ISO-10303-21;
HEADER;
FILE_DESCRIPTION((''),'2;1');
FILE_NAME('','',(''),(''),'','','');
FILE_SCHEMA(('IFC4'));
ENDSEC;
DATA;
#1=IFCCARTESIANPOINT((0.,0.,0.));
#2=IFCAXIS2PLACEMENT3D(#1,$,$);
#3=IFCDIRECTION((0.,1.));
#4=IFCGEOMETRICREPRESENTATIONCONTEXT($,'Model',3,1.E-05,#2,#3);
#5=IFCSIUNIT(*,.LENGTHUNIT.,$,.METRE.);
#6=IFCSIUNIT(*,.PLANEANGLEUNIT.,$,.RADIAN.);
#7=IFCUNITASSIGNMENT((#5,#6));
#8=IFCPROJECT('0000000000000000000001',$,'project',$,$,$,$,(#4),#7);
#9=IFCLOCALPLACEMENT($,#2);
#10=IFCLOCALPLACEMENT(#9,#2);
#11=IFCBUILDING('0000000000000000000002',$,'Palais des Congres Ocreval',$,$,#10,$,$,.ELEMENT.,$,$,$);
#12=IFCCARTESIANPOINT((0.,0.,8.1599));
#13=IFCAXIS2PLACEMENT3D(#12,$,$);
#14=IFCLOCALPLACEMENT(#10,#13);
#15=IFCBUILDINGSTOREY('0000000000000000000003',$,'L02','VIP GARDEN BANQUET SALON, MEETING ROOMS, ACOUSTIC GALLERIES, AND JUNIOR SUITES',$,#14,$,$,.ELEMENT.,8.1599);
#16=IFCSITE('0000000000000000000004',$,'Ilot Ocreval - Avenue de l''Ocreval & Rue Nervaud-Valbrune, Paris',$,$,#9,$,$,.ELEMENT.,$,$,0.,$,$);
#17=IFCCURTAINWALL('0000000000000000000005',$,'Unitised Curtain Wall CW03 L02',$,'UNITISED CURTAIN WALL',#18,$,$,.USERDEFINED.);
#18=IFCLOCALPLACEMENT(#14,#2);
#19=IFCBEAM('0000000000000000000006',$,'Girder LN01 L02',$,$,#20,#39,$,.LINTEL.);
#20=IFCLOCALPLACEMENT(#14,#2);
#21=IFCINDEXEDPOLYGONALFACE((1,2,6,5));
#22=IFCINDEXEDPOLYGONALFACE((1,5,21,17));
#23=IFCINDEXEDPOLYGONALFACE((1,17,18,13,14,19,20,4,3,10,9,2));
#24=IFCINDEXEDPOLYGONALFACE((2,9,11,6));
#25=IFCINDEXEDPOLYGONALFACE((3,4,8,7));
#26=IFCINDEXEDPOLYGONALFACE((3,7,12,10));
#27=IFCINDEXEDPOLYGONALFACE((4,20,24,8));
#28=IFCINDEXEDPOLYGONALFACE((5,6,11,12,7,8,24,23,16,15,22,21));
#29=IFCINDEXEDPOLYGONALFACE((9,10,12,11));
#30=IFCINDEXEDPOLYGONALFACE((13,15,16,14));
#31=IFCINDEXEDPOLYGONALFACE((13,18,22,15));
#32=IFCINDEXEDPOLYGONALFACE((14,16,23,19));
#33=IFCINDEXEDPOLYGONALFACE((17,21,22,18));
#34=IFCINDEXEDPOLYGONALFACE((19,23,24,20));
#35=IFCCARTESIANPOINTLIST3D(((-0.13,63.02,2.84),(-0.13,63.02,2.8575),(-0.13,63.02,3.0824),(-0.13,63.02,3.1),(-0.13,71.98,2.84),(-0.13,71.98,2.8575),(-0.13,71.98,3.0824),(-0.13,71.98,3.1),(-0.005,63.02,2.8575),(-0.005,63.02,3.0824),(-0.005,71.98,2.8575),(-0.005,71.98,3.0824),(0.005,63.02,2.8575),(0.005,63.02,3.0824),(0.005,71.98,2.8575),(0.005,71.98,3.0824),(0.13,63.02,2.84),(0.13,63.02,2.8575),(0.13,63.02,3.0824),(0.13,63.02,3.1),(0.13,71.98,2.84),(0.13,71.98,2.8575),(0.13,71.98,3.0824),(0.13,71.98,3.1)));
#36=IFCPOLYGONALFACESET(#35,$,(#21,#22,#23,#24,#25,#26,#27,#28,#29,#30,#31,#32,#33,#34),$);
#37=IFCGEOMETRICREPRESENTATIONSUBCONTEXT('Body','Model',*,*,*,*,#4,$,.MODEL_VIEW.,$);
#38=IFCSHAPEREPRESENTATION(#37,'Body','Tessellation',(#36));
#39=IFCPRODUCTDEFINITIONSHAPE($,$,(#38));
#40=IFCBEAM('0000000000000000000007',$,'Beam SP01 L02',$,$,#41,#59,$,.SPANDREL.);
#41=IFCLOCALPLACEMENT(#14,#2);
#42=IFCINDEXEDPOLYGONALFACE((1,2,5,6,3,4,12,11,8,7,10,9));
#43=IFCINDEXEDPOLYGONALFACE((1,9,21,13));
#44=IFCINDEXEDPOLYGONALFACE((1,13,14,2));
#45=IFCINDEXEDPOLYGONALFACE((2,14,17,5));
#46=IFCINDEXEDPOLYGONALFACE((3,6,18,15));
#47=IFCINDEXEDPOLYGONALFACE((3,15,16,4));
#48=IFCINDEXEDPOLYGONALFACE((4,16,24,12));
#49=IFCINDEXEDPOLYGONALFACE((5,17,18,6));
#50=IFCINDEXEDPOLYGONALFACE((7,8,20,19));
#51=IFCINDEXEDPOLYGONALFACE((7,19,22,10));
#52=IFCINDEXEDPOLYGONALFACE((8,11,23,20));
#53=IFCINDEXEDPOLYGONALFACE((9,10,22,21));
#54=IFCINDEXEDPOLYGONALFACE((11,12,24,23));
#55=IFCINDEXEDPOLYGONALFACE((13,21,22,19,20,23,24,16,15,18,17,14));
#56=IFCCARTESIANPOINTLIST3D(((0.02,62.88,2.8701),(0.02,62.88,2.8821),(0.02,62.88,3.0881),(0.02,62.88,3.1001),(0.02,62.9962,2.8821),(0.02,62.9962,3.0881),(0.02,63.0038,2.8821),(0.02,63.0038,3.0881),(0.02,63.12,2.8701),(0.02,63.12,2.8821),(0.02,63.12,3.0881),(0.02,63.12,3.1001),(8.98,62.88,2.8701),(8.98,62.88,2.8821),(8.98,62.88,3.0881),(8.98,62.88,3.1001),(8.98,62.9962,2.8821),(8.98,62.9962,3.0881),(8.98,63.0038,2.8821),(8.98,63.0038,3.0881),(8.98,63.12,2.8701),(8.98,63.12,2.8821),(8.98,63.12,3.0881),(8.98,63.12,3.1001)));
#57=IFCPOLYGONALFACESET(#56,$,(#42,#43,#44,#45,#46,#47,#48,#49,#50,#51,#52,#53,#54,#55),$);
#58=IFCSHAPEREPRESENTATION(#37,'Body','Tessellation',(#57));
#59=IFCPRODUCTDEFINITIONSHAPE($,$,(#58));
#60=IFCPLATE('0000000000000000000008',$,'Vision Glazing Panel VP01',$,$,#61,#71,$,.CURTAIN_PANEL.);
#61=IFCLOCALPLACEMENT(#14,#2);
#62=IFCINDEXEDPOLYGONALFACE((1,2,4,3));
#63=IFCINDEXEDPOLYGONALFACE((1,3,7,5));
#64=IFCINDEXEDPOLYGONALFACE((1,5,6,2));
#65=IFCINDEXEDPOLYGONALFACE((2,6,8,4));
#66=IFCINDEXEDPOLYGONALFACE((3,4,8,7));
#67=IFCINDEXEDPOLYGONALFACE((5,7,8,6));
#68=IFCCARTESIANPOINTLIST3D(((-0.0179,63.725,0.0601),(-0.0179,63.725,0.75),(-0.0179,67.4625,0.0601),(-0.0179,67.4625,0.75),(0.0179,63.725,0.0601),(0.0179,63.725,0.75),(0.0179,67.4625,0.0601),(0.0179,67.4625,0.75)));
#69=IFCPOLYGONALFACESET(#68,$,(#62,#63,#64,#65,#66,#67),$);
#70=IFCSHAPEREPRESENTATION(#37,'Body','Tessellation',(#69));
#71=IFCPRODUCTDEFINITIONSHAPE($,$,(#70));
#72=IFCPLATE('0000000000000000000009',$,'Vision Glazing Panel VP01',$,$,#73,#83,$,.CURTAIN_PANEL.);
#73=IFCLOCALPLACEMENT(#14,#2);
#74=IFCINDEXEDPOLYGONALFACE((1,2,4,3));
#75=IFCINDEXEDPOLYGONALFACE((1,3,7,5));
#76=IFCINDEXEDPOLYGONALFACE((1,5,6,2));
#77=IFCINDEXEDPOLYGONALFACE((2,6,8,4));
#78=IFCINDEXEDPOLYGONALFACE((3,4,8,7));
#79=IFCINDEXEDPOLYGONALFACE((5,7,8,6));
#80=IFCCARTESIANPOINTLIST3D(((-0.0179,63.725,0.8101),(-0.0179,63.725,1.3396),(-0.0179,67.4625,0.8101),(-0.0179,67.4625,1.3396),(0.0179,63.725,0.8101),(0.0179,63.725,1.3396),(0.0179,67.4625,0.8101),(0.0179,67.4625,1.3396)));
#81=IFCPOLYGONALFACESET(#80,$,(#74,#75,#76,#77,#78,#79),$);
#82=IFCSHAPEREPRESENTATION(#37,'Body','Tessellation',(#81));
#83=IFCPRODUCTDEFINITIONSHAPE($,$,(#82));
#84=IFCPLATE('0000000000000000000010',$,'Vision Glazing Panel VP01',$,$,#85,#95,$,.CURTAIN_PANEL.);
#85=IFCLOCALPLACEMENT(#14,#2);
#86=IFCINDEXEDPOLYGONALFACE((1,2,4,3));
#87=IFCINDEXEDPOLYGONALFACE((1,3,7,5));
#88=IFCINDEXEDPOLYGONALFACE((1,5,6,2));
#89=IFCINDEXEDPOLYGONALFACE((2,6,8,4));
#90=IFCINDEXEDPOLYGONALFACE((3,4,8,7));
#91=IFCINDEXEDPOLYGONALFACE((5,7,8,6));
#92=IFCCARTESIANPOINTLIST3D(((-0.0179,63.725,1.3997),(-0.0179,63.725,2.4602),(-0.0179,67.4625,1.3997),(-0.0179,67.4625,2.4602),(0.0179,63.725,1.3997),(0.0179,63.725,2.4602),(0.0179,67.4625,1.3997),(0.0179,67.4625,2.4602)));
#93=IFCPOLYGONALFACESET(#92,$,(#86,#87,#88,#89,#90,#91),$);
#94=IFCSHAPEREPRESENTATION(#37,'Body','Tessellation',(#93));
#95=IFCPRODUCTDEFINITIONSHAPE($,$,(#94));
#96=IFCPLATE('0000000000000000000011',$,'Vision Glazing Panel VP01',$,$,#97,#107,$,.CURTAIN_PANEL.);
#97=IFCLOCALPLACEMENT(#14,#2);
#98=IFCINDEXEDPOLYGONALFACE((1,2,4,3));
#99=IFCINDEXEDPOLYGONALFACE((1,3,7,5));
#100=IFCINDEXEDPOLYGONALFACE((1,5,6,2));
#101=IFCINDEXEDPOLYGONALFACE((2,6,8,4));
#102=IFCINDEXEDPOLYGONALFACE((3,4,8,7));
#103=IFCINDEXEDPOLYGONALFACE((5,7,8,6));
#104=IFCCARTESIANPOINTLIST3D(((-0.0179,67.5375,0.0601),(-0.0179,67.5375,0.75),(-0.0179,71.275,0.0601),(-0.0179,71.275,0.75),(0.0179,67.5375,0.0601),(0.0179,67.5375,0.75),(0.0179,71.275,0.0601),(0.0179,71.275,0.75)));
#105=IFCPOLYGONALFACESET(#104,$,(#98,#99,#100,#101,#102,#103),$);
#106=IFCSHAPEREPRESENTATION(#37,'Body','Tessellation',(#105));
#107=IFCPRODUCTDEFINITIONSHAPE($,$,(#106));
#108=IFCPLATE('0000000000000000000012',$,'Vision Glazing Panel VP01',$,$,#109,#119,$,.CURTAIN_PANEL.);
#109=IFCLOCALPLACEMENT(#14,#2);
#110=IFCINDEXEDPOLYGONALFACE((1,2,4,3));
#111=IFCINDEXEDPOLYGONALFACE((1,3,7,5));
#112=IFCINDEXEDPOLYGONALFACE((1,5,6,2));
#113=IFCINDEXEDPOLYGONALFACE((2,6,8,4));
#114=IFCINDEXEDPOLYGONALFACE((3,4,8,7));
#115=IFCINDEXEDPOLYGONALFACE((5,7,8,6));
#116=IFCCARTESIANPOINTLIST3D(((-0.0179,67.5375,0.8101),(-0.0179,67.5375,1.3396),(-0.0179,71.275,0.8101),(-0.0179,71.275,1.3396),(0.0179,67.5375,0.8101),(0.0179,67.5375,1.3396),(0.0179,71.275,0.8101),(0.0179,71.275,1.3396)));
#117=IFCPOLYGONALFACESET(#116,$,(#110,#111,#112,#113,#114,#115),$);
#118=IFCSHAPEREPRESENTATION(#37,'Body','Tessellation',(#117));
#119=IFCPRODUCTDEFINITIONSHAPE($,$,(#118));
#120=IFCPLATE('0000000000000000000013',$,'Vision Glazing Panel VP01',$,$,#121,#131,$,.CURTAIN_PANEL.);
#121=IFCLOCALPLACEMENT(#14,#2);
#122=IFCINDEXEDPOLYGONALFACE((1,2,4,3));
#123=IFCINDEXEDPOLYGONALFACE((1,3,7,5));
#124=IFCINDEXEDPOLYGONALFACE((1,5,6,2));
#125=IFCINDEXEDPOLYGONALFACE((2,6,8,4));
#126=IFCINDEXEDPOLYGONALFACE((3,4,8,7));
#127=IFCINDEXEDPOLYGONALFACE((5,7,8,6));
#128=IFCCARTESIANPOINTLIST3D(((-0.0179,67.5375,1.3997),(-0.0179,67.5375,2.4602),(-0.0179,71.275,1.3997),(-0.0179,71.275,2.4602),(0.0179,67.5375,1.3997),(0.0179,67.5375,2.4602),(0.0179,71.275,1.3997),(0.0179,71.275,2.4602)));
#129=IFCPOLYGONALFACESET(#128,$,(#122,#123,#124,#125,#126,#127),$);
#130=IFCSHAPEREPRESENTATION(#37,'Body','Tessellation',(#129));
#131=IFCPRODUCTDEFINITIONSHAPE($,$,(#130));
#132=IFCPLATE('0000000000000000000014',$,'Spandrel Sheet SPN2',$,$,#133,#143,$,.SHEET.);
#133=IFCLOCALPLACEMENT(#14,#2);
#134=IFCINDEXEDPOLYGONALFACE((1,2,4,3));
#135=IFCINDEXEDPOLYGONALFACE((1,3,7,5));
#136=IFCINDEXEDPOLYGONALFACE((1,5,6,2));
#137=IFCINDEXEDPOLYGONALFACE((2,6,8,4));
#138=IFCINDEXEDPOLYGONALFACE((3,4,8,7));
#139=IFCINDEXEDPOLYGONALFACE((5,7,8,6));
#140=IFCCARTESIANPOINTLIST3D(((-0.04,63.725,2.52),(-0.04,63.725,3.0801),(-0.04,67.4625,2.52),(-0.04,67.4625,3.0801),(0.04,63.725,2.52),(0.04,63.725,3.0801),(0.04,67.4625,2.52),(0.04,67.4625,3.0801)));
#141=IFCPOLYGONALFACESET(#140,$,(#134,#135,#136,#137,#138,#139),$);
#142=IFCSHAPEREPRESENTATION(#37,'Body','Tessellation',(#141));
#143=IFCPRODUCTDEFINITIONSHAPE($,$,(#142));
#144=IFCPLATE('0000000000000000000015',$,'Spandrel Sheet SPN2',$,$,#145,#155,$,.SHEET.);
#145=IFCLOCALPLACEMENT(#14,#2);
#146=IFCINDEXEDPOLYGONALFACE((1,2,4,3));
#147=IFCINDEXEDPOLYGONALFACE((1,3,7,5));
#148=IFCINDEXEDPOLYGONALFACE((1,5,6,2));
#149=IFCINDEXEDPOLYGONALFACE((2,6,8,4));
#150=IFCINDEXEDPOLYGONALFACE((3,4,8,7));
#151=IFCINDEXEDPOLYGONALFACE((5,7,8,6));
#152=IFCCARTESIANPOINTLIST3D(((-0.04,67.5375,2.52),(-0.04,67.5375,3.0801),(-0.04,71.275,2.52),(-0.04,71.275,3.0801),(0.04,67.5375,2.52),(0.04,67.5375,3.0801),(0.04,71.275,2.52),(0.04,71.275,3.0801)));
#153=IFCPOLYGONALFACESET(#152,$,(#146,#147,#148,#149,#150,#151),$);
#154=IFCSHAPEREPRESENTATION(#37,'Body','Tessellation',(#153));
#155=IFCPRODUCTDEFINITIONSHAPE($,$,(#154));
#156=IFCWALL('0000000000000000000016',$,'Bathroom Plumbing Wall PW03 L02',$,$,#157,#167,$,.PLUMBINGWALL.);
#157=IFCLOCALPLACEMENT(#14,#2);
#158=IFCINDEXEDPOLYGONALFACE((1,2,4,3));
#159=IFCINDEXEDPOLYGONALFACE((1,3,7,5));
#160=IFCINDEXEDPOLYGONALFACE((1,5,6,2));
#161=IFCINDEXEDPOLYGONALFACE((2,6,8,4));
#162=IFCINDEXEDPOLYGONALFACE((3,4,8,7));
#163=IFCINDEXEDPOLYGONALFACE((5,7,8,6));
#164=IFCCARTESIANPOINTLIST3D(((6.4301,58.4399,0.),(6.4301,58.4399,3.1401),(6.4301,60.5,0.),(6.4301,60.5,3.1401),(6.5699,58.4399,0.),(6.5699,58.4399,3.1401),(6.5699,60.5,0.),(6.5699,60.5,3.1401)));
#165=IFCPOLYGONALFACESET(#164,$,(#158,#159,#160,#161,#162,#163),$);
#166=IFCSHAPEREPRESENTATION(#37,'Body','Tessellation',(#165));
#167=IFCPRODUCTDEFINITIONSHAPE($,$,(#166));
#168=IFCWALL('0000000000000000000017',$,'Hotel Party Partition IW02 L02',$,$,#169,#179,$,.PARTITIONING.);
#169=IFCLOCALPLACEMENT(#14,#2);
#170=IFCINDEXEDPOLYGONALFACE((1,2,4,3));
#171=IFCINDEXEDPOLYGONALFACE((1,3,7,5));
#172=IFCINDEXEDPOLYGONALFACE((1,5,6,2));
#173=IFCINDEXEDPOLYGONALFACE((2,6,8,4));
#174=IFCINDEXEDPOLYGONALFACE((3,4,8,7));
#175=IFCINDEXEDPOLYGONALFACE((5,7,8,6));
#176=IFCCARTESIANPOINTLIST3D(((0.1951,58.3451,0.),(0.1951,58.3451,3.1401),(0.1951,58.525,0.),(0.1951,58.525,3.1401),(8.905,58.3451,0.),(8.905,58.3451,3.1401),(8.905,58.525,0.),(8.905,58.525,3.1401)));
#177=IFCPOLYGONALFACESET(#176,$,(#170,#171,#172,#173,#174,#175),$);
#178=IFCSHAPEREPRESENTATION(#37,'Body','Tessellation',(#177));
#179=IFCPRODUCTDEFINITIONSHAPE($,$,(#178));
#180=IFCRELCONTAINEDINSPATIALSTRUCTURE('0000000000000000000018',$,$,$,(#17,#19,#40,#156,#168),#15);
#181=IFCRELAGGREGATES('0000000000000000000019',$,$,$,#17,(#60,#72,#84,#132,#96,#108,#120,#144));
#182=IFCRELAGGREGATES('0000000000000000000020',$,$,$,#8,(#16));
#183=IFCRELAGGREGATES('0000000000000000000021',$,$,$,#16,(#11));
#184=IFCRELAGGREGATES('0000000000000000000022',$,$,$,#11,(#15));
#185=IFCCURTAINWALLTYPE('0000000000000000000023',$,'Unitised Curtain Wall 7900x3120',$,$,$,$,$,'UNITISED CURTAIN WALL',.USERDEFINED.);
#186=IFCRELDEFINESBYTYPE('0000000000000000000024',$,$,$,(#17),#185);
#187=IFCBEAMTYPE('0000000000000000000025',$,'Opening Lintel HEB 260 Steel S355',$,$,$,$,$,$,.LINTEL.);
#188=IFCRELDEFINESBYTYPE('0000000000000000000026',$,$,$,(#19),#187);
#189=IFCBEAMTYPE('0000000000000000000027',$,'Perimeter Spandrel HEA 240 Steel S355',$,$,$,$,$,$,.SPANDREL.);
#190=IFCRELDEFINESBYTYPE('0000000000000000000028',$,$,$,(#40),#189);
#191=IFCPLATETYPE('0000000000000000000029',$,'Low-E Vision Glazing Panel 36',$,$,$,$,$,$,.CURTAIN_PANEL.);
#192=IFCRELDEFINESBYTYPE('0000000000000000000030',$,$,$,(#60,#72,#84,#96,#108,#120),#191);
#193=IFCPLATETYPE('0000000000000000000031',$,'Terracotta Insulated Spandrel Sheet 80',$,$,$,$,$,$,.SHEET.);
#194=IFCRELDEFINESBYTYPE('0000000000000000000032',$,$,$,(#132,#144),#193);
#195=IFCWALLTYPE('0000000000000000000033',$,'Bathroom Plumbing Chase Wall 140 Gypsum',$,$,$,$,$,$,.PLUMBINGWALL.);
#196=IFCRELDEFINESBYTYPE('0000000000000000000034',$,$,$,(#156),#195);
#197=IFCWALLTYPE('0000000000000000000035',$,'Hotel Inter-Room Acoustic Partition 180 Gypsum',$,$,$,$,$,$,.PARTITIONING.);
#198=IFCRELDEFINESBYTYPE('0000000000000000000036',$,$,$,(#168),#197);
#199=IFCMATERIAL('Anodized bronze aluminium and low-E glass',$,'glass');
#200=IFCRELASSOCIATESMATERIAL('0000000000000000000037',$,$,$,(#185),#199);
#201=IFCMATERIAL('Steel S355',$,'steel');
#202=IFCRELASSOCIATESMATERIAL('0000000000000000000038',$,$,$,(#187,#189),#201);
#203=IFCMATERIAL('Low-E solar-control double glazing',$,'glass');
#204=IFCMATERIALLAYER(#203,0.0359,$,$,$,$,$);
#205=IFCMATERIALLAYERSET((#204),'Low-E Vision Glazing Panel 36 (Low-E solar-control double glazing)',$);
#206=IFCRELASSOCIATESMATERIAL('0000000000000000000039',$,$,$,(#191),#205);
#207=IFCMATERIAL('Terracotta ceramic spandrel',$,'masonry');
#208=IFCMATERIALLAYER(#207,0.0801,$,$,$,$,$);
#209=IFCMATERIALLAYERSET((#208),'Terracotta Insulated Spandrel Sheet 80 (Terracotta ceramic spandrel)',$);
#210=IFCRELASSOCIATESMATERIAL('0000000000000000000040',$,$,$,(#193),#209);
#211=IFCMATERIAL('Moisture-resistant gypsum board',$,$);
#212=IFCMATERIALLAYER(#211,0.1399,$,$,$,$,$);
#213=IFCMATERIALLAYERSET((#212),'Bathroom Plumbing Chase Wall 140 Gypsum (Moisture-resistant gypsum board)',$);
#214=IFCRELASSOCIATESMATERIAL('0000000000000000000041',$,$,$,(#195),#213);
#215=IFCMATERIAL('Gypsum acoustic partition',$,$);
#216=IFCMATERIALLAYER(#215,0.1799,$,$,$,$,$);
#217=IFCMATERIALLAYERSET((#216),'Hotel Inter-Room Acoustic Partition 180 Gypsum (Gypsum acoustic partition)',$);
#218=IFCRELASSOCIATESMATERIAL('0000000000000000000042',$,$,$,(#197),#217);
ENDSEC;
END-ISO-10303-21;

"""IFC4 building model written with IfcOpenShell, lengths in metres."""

from ifc_helpers import new_model, si_unit, direction, frame, frame_2d, origin, origin_2d, place, context, subcontext, project, spatial, rectangle, i_section, extrude, material, layer, layer_set, material_profile, profile_set, type_object, element, aggregate, save


model = new_model("IFC4")

# Units and contexts
model_context = context("Model", 3, precision=1e-05, world=origin(), true_north=direction((0.0, 1.0)))
body_context = subcontext(model_context, "Body", "Model", "MODEL_VIEW")
ifc_project = project(units=[si_unit("LENGTHUNIT", "METRE"), si_unit("PLANEANGLEUNIT", "RADIAN")], contexts=[model_context])

# Site, building, storey
site_placement = place(None, origin())
site = spatial("IfcSite", under=ifc_project, at=site_placement, Name="Ilot Ocreval - Avenue de l'Ocreval & Rue Nervaud-Valbrune, Paris", CompositionType="ELEMENT", RefElevation=0.0)
building_placement = place(site_placement, origin())
building = spatial("IfcBuilding", under=site, at=building_placement, Name="Palais des Congres Ocreval", CompositionType="ELEMENT")
storey_placement = place(building_placement, frame((0.0, 0.0, 8.1599)))
storey = spatial("IfcBuildingStorey", under=building, at=storey_placement, Name="L02", Description="VIP GARDEN BANQUET SALON, MEETING ROOMS, ACOUSTIC GALLERIES, AND JUNIOR SUITES", CompositionType="ELEMENT", Elevation=8.1599)

# Shared definitions
ifc_material_1 = material(Name="Steel S355", Category="steel")

# Curtain wall
ifc_material_2 = material(Name="Anodized bronze aluminium and low-E glass", Category="glass")
curtain_wall_type = type_object("IfcCurtainWallType", Name="Unitised Curtain Wall 7900x3120", ElementType="UNITISED CURTAIN WALL", PredefinedType="USERDEFINED", material=ifc_material_2)
curtain_wall_placement = place(storey_placement, origin())
curtain_wall = element("IfcCurtainWall", 1, at=curtain_wall_placement, inside=storey, type_object=curtain_wall_type, Name="Unitised Curtain Wall CW03 L02", ObjectType="UNITISED CURTAIN WALL", PredefinedType="USERDEFINED")

# Beams
ifc_material_profile_1 = material_profile(ifc_material_1, i_section(OverallWidth=0.26, OverallDepth=0.26, WebThickness=0.01, FlangeThickness=0.0176, at=origin_2d()), Name="HEB 260")
ifc_profile_set_1 = profile_set([ifc_material_profile_1], Name="Steel S355")
beam_type_1 = type_object("IfcBeamType", Name="Opening Lintel HEB 260 Steel S355", PredefinedType="LINTEL", material=ifc_profile_set_1)
beam_1_placement = place(storey_placement, frame((0.0, 63.02, 2.97), z_axis=(0.0, 1.0, 0.0), x_axis=(-1.0, 0.0, 0.0)))
element("IfcBeam", 2, at=beam_1_placement, inside=storey, type_object=beam_type_1, Name="Girder LN01 L02", PredefinedType="LINTEL", context=body_context, shape_type="SweptSolid", body=[
    extrude(i_section(OverallWidth=0.26, OverallDepth=0.26, WebThickness=0.01, FlangeThickness=0.0176, at=origin_2d()), origin(), (0.0, 0.0, 1.0), 8.96),
])
ifc_material_profile_2 = material_profile(ifc_material_1, i_section(OverallWidth=0.24, OverallDepth=0.23, WebThickness=0.0076, FlangeThickness=0.012, at=origin_2d()), Name="HEA 240")
ifc_profile_set_2 = profile_set([ifc_material_profile_2], Name="Steel S355")
beam_type_2 = type_object("IfcBeamType", Name="Perimeter Spandrel HEA 240 Steel S355", PredefinedType="SPANDREL", material=ifc_profile_set_2)
beam_2_placement = place(storey_placement, frame((0.02, 63.0, 2.9851), z_axis=(1.0, 0.0, 0.0), x_axis=(0.0, 1.0, 0.0)))
element("IfcBeam", 3, at=beam_2_placement, inside=storey, type_object=beam_type_2, Name="Beam SP01 L02", PredefinedType="SPANDREL", context=body_context, shape_type="SweptSolid", body=[
    extrude(i_section(OverallWidth=0.24, OverallDepth=0.23, WebThickness=0.0076, FlangeThickness=0.012, at=origin_2d()), origin(), (0.0, 0.0, 1.0), 8.96),
])

# Plates
ifc_material_3 = material(Name="Low-E solar-control double glazing", Category="glass")
ifc_layer_1 = layer(ifc_material_3, 0.0359)
ifc_layer_set_1 = layer_set([ifc_layer_1], Name="Low-E Vision Glazing Panel 36 (Low-E solar-control double glazing)")
plate_type_1 = type_object("IfcPlateType", Name="Low-E Vision Glazing Panel 36", PredefinedType="CURTAIN_PANEL", material=ifc_layer_set_1)
plate_1_placement = place(storey_placement, frame((0.0, 65.5938, 0.0601), z_axis=(0.0, 0.0, 1.0), x_axis=(0.0, 1.0, 0.0)))
plate_1 = element("IfcPlate", 4, at=plate_1_placement, type_object=plate_type_1, Name="Vision Glazing Panel VP01", PredefinedType="CURTAIN_PANEL", context=body_context, shape_type="SweptSolid", body=[
    extrude(rectangle(XDim=3.7375, YDim=0.0359, at=origin_2d()), origin(), (0.0, 0.0, 1.0), 0.6899),
])
plate_2_placement = place(storey_placement, frame((0.0, 65.5938, 0.8101), z_axis=(0.0, 0.0, 1.0), x_axis=(0.0, 1.0, 0.0)))
plate_2 = element("IfcPlate", 5, at=plate_2_placement, type_object=plate_type_1, Name="Vision Glazing Panel VP01", PredefinedType="CURTAIN_PANEL", context=body_context, shape_type="SweptSolid", body=[
    extrude(rectangle(XDim=3.7375, YDim=0.0359, at=origin_2d()), origin(), (0.0, 0.0, 1.0), 0.5295),
])
plate_3_placement = place(storey_placement, frame((0.0, 65.5938, 1.3997), z_axis=(0.0, 0.0, 1.0), x_axis=(0.0, 1.0, 0.0)))
plate_3 = element("IfcPlate", 6, at=plate_3_placement, type_object=plate_type_1, Name="Vision Glazing Panel VP01", PredefinedType="CURTAIN_PANEL", context=body_context, shape_type="SweptSolid", body=[
    extrude(rectangle(XDim=3.7375, YDim=0.0359, at=origin_2d()), origin(), (0.0, 0.0, 1.0), 1.0605),
])
plate_4_placement = place(storey_placement, frame((0.0, 69.4062, 0.0601), z_axis=(0.0, 0.0, 1.0), x_axis=(0.0, 1.0, 0.0)))
plate_4 = element("IfcPlate", 7, at=plate_4_placement, type_object=plate_type_1, Name="Vision Glazing Panel VP01", PredefinedType="CURTAIN_PANEL", context=body_context, shape_type="SweptSolid", body=[
    extrude(rectangle(XDim=3.7375, YDim=0.0359, at=origin_2d()), origin(), (0.0, 0.0, 1.0), 0.6899),
])
plate_5_placement = place(storey_placement, frame((0.0, 69.4062, 0.8101), z_axis=(0.0, 0.0, 1.0), x_axis=(0.0, 1.0, 0.0)))
plate_5 = element("IfcPlate", 8, at=plate_5_placement, type_object=plate_type_1, Name="Vision Glazing Panel VP01", PredefinedType="CURTAIN_PANEL", context=body_context, shape_type="SweptSolid", body=[
    extrude(rectangle(XDim=3.7375, YDim=0.0359, at=origin_2d()), origin(), (0.0, 0.0, 1.0), 0.5295),
])
plate_6_placement = place(storey_placement, frame((0.0, 69.4062, 1.3997), z_axis=(0.0, 0.0, 1.0), x_axis=(0.0, 1.0, 0.0)))
plate_6 = element("IfcPlate", 9, at=plate_6_placement, type_object=plate_type_1, Name="Vision Glazing Panel VP01", PredefinedType="CURTAIN_PANEL", context=body_context, shape_type="SweptSolid", body=[
    extrude(rectangle(XDim=3.7375, YDim=0.0359, at=origin_2d()), origin(), (0.0, 0.0, 1.0), 1.0605),
])
ifc_material_4 = material(Name="Terracotta ceramic spandrel", Category="masonry")
ifc_layer_2 = layer(ifc_material_4, 0.0801)
ifc_layer_set_2 = layer_set([ifc_layer_2], Name="Terracotta Insulated Spandrel Sheet 80 (Terracotta ceramic spandrel)")
plate_type_2 = type_object("IfcPlateType", Name="Terracotta Insulated Spandrel Sheet 80", PredefinedType="SHEET", material=ifc_layer_set_2)
plate_7_placement = place(storey_placement, frame((0.0, 65.5938, 2.52), z_axis=(0.0, 0.0, 1.0), x_axis=(0.0, 1.0, 0.0)))
plate_7 = element("IfcPlate", 10, at=plate_7_placement, type_object=plate_type_2, Name="Spandrel Sheet SPN2", PredefinedType="SHEET", context=body_context, shape_type="SweptSolid", body=[
    extrude(rectangle(XDim=3.7375, YDim=0.0801, at=origin_2d()), origin(), (0.0, 0.0, 1.0), 0.5601),
])
plate_8_placement = place(storey_placement, frame((0.0, 69.4062, 2.52), z_axis=(0.0, 0.0, 1.0), x_axis=(0.0, 1.0, 0.0)))
plate_8 = element("IfcPlate", 11, at=plate_8_placement, type_object=plate_type_2, Name="Spandrel Sheet SPN2", PredefinedType="SHEET", context=body_context, shape_type="SweptSolid", body=[
    extrude(rectangle(XDim=3.7375, YDim=0.0801, at=origin_2d()), origin(), (0.0, 0.0, 1.0), 0.5601),
])
aggregate(curtain_wall, [plate_1, plate_2, plate_3, plate_7, plate_4, plate_5, plate_6, plate_8])

# Walls
ifc_material_5 = material(Name="Moisture-resistant gypsum board")
ifc_layer_3 = layer(ifc_material_5, 0.1399)
ifc_layer_set_3 = layer_set([ifc_layer_3], Name="Bathroom Plumbing Chase Wall 140 Gypsum (Moisture-resistant gypsum board)")
wall_type_1 = type_object("IfcWallType", Name="Bathroom Plumbing Chase Wall 140 Gypsum", PredefinedType="PLUMBINGWALL", material=ifc_layer_set_3)
wall_1_placement = place(storey_placement, frame((6.5, 58.4399, 0.0), z_axis=(0.0, 0.0, 1.0), x_axis=(0.0, 1.0, 0.0)))
element("IfcWall", 12, at=wall_1_placement, inside=storey, type_object=wall_type_1, Name="Bathroom Plumbing Wall PW03 L02", PredefinedType="PLUMBINGWALL", context=body_context, shape_type="SweptSolid", body=[
    extrude(rectangle(XDim=2.0601, YDim=0.1399, at=frame_2d((1.03, 0.0))), origin(), (0.0, 0.0, 1.0), 3.1401),
])
ifc_material_6 = material(Name="Gypsum acoustic partition")
ifc_layer_4 = layer(ifc_material_6, 0.1799)
ifc_layer_set_4 = layer_set([ifc_layer_4], Name="Hotel Inter-Room Acoustic Partition 180 Gypsum (Gypsum acoustic partition)")
wall_type_2 = type_object("IfcWallType", Name="Hotel Inter-Room Acoustic Partition 180 Gypsum", PredefinedType="PARTITIONING", material=ifc_layer_set_4)
wall_2_placement = place(storey_placement, frame((0.1951, 58.4351, 0.0), z_axis=(0.0, 0.0, 1.0), x_axis=(1.0, 0.0, 0.0)))
element("IfcWall", 13, at=wall_2_placement, inside=storey, type_object=wall_type_2, Name="Hotel Party Partition IW02 L02", PredefinedType="PARTITIONING", context=body_context, shape_type="SweptSolid", body=[
    extrude(rectangle(XDim=8.71, YDim=0.1799, at=frame_2d((4.355, 0.0))), origin(), (0.0, 0.0, 1.0), 3.1401),
])

save(model, "model.ifc")
